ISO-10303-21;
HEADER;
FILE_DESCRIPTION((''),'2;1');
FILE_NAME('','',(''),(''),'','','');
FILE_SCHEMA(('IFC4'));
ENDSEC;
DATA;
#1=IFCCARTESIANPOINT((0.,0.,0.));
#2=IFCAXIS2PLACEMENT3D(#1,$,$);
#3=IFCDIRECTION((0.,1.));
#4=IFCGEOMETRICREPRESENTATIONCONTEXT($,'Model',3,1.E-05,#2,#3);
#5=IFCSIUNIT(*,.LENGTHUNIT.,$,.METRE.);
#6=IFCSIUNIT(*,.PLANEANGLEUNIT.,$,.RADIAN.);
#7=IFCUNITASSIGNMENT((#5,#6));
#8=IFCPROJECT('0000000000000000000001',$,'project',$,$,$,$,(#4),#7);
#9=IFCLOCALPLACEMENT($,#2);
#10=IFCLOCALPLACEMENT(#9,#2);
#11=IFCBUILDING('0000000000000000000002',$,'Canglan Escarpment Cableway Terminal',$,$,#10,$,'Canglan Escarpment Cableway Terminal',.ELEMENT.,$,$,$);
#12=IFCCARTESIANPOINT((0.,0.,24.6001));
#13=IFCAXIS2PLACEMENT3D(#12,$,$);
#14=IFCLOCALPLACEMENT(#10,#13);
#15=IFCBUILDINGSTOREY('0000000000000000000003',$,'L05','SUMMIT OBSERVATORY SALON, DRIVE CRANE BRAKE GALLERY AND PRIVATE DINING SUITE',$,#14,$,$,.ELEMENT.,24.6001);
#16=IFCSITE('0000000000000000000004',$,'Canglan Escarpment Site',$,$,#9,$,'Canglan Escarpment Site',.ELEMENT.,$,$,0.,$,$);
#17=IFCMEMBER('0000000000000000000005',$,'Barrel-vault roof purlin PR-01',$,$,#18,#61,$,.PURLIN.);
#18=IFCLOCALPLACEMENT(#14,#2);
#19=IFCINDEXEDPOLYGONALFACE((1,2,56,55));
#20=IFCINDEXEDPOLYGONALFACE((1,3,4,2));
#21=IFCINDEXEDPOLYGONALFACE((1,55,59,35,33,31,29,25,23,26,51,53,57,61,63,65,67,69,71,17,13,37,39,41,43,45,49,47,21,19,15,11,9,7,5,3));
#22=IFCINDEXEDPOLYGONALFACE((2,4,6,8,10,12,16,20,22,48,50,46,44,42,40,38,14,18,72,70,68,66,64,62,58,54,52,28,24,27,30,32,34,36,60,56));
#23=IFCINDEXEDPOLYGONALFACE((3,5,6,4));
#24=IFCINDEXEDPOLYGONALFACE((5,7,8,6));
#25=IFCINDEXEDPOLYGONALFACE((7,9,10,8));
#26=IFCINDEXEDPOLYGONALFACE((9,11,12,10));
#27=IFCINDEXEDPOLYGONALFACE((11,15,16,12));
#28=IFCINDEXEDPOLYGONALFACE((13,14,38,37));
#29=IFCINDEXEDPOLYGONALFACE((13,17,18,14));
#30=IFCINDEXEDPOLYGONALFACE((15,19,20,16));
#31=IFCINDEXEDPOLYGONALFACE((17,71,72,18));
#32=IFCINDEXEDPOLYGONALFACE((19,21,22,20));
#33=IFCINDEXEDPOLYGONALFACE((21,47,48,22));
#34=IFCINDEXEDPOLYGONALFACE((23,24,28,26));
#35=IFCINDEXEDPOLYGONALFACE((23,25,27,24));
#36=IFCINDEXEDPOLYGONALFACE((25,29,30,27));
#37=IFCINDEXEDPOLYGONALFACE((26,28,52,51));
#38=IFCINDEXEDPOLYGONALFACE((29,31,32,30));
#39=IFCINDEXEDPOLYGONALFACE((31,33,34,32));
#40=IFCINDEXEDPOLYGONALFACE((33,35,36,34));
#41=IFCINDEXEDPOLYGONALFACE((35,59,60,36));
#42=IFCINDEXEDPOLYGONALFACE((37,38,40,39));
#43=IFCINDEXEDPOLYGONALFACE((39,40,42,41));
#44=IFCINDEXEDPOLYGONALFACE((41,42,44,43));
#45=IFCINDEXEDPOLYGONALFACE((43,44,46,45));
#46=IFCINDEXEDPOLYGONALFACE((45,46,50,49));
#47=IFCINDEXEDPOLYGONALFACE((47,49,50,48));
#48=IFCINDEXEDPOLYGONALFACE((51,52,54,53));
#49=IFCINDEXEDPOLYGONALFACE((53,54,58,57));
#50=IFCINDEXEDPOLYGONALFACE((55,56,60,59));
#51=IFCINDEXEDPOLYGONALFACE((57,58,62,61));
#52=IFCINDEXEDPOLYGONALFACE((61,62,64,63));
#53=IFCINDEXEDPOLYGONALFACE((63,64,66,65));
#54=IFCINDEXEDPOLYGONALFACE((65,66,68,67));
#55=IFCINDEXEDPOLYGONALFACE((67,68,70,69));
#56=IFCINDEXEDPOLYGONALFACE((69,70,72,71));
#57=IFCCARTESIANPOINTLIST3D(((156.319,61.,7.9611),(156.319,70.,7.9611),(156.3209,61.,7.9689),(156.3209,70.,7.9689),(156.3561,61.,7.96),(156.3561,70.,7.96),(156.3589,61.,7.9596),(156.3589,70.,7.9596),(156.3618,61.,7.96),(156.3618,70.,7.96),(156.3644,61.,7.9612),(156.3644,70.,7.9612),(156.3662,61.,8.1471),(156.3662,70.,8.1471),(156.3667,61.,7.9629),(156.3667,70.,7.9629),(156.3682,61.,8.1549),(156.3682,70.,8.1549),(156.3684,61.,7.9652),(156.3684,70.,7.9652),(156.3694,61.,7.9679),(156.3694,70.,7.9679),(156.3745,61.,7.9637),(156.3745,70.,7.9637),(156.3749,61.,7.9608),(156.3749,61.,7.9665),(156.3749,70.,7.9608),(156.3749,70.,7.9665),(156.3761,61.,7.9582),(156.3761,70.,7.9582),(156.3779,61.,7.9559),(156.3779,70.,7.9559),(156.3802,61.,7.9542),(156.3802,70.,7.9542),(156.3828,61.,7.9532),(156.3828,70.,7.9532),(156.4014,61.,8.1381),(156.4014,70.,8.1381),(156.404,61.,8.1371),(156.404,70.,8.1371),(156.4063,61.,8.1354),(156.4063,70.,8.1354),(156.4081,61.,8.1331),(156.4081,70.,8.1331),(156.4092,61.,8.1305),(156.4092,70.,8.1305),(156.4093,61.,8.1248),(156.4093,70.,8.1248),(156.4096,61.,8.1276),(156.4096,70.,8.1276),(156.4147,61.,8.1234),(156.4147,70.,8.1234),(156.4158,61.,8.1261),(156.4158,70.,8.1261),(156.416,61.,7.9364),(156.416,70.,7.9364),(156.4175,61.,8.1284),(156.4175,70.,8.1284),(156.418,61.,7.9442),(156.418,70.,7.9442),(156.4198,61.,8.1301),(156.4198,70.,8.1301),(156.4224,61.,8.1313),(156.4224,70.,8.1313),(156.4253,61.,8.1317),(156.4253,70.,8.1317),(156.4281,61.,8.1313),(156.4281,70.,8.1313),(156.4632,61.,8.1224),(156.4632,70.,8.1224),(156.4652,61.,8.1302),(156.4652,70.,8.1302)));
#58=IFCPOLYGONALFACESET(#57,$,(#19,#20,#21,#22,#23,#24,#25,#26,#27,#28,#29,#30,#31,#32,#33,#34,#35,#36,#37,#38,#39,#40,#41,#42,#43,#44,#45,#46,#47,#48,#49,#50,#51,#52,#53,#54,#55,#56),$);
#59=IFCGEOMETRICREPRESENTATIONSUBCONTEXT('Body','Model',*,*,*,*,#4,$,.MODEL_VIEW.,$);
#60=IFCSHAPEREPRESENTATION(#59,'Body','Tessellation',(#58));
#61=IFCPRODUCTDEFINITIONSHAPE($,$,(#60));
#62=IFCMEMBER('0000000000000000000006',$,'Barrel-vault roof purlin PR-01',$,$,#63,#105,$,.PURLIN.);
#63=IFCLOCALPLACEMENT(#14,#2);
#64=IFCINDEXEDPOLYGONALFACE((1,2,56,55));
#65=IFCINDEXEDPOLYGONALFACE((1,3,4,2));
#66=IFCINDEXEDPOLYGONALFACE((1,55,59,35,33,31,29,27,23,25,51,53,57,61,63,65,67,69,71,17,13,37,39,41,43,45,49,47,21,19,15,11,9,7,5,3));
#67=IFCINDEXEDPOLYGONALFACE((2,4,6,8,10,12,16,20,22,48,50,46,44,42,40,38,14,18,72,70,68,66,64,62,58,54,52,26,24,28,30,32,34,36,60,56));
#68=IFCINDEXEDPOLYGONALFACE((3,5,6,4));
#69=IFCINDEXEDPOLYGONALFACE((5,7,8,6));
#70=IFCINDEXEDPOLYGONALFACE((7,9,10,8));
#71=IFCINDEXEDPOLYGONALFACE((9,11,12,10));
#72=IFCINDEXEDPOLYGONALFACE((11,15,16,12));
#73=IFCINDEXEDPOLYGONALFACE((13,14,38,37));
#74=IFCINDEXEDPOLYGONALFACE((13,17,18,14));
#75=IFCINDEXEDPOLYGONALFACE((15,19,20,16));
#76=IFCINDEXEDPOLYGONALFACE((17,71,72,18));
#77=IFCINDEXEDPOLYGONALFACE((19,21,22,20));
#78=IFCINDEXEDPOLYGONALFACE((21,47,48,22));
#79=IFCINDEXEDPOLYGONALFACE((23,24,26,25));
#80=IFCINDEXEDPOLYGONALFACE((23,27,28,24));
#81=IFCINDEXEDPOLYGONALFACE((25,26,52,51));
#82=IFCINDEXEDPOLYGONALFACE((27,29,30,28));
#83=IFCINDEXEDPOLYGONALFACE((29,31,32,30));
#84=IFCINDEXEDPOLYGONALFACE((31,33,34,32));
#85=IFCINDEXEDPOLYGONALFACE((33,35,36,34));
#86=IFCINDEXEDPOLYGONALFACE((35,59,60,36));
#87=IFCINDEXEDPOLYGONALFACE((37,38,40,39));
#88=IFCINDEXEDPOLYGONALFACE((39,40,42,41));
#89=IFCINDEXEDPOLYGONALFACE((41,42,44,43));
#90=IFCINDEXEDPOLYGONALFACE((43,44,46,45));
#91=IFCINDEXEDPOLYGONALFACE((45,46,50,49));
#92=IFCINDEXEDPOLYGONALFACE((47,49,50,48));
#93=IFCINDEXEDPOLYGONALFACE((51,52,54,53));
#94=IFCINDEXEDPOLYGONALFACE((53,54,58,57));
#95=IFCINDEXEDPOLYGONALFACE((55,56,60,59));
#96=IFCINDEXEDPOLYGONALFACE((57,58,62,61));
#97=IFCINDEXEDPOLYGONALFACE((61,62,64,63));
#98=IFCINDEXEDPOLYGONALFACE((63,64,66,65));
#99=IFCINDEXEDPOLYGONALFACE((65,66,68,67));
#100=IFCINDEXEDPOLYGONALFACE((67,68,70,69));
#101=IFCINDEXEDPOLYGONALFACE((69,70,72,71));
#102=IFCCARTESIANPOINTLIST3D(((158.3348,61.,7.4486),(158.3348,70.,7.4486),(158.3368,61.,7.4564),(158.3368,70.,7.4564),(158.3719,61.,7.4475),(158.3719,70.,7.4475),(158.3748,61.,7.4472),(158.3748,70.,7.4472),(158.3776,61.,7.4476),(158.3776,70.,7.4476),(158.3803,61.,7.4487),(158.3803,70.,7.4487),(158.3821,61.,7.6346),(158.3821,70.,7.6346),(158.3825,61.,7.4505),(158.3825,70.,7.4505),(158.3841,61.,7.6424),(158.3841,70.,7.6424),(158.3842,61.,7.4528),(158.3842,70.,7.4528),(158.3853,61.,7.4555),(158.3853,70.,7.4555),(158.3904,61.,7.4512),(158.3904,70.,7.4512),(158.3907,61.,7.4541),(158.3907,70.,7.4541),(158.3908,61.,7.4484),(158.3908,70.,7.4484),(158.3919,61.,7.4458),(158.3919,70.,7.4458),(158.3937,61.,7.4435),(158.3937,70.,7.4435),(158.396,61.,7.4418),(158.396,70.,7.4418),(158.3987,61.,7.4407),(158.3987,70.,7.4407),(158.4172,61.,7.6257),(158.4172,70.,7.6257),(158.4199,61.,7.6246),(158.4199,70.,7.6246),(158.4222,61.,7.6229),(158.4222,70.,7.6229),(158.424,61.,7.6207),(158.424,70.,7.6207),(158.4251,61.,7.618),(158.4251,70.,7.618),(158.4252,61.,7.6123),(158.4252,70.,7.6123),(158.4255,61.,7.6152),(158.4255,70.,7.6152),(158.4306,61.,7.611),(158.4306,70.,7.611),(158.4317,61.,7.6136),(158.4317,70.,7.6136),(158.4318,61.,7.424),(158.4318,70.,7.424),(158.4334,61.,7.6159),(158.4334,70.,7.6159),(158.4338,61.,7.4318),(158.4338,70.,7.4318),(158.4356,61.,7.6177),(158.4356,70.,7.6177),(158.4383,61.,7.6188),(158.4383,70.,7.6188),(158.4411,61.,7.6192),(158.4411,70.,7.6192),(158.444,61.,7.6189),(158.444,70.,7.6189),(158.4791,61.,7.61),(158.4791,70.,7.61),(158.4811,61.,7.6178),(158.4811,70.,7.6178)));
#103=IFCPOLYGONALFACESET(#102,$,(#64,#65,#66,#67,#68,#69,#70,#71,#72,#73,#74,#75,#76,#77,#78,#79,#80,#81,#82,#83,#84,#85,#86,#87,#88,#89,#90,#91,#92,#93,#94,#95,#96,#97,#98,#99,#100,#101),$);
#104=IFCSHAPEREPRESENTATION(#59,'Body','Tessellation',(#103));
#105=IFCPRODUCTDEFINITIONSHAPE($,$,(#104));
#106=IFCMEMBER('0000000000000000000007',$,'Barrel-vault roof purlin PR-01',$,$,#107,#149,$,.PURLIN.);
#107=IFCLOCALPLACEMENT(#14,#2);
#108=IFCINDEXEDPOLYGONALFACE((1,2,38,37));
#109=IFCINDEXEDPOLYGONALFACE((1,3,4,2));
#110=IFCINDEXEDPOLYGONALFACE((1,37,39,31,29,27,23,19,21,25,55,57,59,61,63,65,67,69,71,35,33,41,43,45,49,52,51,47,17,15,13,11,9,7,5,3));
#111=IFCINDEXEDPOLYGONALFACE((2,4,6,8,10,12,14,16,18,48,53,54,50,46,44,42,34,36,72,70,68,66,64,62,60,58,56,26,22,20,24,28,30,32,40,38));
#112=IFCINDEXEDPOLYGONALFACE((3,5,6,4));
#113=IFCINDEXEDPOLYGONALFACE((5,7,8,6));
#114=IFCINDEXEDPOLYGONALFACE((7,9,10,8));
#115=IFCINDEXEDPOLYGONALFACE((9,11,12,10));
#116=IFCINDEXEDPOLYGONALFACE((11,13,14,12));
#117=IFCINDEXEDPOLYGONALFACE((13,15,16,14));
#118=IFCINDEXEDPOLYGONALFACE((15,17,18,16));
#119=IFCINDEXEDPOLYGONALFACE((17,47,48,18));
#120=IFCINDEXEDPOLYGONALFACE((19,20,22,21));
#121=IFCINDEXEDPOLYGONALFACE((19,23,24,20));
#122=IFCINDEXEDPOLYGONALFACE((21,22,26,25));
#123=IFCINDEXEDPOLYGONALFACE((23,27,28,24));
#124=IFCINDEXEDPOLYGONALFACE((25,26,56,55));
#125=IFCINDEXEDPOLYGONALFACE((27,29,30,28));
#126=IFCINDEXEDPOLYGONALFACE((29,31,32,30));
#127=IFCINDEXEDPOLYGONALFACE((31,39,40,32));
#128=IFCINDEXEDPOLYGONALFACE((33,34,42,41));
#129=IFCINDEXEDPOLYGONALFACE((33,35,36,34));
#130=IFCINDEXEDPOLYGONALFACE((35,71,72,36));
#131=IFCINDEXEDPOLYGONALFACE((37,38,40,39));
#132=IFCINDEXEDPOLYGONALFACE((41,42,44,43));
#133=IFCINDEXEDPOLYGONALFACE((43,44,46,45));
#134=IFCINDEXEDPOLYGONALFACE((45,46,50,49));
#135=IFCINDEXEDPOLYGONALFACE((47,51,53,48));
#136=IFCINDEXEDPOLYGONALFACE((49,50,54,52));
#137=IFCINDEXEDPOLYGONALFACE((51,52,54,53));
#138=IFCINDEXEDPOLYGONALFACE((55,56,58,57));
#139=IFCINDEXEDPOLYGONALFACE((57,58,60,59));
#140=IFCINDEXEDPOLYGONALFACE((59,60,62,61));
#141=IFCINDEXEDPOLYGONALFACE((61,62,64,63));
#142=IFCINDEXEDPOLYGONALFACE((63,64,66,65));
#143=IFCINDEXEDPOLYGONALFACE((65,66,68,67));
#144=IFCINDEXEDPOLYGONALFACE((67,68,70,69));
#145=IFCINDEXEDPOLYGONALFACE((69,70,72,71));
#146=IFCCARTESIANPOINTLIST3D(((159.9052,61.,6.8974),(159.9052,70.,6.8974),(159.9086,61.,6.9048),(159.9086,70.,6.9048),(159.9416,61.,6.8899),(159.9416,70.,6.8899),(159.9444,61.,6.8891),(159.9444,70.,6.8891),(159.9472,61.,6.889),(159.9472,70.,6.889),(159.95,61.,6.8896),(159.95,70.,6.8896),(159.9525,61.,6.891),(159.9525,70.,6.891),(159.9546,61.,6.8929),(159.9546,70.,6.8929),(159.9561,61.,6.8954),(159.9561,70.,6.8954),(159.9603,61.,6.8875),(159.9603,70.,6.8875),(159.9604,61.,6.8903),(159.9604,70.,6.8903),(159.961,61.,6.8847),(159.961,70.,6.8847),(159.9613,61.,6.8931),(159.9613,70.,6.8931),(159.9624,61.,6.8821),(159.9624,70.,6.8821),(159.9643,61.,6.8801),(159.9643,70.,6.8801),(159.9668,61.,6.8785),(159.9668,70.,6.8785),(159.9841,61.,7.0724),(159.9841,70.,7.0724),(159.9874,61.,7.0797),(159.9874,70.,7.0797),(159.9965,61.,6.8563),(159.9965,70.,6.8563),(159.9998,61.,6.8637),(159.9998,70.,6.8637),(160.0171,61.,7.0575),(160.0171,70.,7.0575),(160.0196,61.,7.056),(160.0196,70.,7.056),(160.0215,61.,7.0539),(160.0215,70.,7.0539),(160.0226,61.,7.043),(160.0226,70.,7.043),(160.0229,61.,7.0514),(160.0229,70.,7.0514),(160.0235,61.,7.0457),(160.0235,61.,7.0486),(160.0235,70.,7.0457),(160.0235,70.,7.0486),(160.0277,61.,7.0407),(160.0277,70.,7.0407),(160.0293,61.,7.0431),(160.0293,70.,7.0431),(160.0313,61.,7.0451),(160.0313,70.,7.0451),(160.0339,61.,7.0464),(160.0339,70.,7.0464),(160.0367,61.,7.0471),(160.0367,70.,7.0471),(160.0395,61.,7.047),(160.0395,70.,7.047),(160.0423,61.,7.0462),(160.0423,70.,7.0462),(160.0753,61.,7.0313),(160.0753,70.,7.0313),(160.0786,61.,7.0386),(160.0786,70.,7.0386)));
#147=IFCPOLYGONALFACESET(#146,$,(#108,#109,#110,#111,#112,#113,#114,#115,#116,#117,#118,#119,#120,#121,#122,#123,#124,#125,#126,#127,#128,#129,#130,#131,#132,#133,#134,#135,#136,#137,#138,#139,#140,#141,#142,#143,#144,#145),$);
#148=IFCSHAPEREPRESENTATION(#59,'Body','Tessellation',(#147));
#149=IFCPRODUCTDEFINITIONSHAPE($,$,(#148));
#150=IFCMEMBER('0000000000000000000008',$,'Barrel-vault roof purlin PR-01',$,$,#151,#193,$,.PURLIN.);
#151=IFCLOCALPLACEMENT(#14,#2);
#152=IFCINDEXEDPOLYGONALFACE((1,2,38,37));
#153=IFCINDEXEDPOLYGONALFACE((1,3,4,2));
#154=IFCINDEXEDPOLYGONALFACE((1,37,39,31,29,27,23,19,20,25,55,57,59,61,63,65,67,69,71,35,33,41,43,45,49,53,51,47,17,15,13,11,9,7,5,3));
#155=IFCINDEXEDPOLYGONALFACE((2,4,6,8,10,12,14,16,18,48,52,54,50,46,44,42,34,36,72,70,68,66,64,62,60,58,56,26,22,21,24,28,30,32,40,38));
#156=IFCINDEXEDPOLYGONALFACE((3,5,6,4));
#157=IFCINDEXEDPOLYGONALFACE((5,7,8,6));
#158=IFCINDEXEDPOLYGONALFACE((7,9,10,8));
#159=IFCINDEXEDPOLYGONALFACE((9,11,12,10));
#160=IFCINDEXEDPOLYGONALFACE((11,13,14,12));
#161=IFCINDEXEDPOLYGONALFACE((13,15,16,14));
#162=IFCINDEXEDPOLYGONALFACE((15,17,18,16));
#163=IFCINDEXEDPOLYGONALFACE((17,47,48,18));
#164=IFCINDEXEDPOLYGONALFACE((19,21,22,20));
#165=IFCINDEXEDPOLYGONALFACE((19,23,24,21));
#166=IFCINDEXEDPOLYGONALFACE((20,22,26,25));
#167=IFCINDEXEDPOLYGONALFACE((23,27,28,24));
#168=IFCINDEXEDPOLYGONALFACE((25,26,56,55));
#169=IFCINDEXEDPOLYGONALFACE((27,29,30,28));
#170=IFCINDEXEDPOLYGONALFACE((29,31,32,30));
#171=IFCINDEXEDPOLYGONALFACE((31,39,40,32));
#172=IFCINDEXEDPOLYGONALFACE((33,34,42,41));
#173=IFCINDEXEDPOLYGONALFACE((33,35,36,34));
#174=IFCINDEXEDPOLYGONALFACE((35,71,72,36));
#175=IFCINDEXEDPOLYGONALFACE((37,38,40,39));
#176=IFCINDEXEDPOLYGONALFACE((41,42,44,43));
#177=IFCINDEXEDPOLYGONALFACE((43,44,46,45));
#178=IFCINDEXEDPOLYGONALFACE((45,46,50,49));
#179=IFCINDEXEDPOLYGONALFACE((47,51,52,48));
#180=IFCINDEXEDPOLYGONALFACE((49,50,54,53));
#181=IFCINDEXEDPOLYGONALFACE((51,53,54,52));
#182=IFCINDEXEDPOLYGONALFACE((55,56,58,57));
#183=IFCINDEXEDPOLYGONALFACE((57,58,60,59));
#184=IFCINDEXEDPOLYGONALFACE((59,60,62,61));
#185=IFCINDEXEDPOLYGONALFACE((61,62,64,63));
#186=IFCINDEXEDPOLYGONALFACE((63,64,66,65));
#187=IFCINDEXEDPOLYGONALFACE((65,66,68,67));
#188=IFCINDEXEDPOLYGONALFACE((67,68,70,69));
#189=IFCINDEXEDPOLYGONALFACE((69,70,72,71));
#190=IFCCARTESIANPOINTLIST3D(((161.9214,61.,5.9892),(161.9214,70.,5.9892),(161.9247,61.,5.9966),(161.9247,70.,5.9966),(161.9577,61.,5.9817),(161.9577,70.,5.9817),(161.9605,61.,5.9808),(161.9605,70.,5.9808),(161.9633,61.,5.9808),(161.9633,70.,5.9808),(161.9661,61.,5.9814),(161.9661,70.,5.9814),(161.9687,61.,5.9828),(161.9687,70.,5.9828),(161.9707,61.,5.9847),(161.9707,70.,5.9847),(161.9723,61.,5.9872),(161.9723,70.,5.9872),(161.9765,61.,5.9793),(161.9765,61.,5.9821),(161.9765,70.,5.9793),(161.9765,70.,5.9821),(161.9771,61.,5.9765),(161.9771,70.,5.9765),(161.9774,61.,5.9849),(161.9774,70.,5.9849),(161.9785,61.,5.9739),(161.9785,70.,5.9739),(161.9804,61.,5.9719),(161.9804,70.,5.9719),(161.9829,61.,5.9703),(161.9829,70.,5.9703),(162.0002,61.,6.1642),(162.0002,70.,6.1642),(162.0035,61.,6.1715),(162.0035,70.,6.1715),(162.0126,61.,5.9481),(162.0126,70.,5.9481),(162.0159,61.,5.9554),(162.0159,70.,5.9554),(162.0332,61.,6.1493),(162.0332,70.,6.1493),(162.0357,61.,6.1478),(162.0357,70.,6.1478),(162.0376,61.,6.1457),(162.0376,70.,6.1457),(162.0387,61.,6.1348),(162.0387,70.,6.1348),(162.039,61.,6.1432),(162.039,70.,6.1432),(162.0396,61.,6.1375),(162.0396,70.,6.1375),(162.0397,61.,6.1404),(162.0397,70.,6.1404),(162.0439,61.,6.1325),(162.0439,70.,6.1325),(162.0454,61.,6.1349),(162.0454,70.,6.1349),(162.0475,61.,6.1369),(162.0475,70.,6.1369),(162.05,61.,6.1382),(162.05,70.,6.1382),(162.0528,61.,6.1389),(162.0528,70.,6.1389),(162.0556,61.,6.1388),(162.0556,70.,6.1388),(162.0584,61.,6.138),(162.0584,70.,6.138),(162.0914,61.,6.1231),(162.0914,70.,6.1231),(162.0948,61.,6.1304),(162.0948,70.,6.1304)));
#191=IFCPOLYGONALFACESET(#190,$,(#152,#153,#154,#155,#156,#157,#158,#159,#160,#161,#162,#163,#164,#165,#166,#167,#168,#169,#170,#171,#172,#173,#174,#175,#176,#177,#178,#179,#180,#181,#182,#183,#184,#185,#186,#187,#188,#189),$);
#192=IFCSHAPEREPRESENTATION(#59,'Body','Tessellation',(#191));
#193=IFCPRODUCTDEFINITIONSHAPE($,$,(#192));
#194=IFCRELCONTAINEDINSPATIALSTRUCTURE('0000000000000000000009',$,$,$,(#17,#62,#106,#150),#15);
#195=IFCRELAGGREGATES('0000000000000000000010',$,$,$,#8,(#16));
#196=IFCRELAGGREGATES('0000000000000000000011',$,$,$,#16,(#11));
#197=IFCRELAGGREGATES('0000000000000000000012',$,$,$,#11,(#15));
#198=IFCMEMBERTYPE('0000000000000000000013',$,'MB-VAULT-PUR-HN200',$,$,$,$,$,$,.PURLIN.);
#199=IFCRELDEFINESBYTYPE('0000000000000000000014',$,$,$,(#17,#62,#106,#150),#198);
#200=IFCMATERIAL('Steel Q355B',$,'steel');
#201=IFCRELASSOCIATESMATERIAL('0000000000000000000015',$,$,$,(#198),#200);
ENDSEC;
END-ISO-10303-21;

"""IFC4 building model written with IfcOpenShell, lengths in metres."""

from ifc_helpers import new_model, si_unit, direction, frame, origin, origin_2d, place, context, subcontext, project, spatial, i_section, extrude, material, material_profile, profile_set, type_object, element, save


model = new_model("IFC4")

# Units and contexts
model_context = context("Model", 3, precision=1e-05, world=origin(), true_north=direction((0.0, 1.0)))
body_context = subcontext(model_context, "Body", "Model", "MODEL_VIEW")
ifc_project = project(units=[si_unit("LENGTHUNIT", "METRE"), si_unit("PLANEANGLEUNIT", "RADIAN")], contexts=[model_context])

# Site, building, storey
site_placement = place(None, origin())
site = spatial("IfcSite", under=ifc_project, at=site_placement, Name="Canglan Escarpment Site", LongName="Canglan Escarpment Site", CompositionType="ELEMENT", RefElevation=0.0)
building_placement = place(site_placement, origin())
building = spatial("IfcBuilding", under=site, at=building_placement, Name="Canglan Escarpment Cableway Terminal", LongName="Canglan Escarpment Cableway Terminal", CompositionType="ELEMENT")
storey_placement = place(building_placement, frame((0.0, 0.0, 24.6001)))
storey = spatial("IfcBuildingStorey", under=building, at=storey_placement, Name="L05", Description="SUMMIT OBSERVATORY SALON, DRIVE CRANE BRAKE GALLERY AND PRIVATE DINING SUITE", CompositionType="ELEMENT", Elevation=24.6001)

# Shared definitions
ifc_material = material(Name="Steel Q355B", Category="steel")

# Members
ifc_material_profile_1 = material_profile(ifc_material, i_section(OverallWidth=0.1001, OverallDepth=0.2, WebThickness=0.0056, FlangeThickness=0.0081, FilletRadius=0.011, at=origin_2d()), Name="HN 200x100x5.5x8")
ifc_profile_set_1 = profile_set([ifc_material_profile_1], Name="Steel Q355B")
member_type_1 = type_object("IfcMemberType", Name="MB-VAULT-PUR-HN200", PredefinedType="PURLIN", material=ifc_profile_set_1)
for number, where, z_axis, x_axis, name in (
    (1, (156.3921, 61.0, 8.0457), (0.0, 1.0, 0.0), (-0.969184, 0.0, 0.246339), "Barrel-vault roof purlin PR-01"),
    (2, (158.408, 61.0, 7.5332), (0.0, 1.0, 0.0), (-0.969184, 0.0, 0.246339), "Barrel-vault roof purlin PR-01"),
    (3, (159.9919, 61.0, 6.968), (0.0, 1.0, 0.0), (-0.911741, 0.0, 0.410767), "Barrel-vault roof purlin PR-01"),
    (4, (162.0081, 61.0, 6.0598), (0.0, 1.0, 0.0), (-0.911741, 0.0, 0.410767), "Barrel-vault roof purlin PR-01"),
):
    element("IfcMember", number, at=place(storey_placement, frame(where, z_axis=z_axis, x_axis=x_axis)), inside=storey, type_object=member_type_1, Name=name, PredefinedType="PURLIN", context=body_context, shape_type="SweptSolid", body=[
        extrude(i_section(OverallWidth=0.1001, OverallDepth=0.2, WebThickness=0.0056, FlangeThickness=0.0081, FilletRadius=0.011, at=origin_2d()), origin(), (0.0, 0.0, 1.0), 9.0),
    ])

save(model, "model.ifc")
